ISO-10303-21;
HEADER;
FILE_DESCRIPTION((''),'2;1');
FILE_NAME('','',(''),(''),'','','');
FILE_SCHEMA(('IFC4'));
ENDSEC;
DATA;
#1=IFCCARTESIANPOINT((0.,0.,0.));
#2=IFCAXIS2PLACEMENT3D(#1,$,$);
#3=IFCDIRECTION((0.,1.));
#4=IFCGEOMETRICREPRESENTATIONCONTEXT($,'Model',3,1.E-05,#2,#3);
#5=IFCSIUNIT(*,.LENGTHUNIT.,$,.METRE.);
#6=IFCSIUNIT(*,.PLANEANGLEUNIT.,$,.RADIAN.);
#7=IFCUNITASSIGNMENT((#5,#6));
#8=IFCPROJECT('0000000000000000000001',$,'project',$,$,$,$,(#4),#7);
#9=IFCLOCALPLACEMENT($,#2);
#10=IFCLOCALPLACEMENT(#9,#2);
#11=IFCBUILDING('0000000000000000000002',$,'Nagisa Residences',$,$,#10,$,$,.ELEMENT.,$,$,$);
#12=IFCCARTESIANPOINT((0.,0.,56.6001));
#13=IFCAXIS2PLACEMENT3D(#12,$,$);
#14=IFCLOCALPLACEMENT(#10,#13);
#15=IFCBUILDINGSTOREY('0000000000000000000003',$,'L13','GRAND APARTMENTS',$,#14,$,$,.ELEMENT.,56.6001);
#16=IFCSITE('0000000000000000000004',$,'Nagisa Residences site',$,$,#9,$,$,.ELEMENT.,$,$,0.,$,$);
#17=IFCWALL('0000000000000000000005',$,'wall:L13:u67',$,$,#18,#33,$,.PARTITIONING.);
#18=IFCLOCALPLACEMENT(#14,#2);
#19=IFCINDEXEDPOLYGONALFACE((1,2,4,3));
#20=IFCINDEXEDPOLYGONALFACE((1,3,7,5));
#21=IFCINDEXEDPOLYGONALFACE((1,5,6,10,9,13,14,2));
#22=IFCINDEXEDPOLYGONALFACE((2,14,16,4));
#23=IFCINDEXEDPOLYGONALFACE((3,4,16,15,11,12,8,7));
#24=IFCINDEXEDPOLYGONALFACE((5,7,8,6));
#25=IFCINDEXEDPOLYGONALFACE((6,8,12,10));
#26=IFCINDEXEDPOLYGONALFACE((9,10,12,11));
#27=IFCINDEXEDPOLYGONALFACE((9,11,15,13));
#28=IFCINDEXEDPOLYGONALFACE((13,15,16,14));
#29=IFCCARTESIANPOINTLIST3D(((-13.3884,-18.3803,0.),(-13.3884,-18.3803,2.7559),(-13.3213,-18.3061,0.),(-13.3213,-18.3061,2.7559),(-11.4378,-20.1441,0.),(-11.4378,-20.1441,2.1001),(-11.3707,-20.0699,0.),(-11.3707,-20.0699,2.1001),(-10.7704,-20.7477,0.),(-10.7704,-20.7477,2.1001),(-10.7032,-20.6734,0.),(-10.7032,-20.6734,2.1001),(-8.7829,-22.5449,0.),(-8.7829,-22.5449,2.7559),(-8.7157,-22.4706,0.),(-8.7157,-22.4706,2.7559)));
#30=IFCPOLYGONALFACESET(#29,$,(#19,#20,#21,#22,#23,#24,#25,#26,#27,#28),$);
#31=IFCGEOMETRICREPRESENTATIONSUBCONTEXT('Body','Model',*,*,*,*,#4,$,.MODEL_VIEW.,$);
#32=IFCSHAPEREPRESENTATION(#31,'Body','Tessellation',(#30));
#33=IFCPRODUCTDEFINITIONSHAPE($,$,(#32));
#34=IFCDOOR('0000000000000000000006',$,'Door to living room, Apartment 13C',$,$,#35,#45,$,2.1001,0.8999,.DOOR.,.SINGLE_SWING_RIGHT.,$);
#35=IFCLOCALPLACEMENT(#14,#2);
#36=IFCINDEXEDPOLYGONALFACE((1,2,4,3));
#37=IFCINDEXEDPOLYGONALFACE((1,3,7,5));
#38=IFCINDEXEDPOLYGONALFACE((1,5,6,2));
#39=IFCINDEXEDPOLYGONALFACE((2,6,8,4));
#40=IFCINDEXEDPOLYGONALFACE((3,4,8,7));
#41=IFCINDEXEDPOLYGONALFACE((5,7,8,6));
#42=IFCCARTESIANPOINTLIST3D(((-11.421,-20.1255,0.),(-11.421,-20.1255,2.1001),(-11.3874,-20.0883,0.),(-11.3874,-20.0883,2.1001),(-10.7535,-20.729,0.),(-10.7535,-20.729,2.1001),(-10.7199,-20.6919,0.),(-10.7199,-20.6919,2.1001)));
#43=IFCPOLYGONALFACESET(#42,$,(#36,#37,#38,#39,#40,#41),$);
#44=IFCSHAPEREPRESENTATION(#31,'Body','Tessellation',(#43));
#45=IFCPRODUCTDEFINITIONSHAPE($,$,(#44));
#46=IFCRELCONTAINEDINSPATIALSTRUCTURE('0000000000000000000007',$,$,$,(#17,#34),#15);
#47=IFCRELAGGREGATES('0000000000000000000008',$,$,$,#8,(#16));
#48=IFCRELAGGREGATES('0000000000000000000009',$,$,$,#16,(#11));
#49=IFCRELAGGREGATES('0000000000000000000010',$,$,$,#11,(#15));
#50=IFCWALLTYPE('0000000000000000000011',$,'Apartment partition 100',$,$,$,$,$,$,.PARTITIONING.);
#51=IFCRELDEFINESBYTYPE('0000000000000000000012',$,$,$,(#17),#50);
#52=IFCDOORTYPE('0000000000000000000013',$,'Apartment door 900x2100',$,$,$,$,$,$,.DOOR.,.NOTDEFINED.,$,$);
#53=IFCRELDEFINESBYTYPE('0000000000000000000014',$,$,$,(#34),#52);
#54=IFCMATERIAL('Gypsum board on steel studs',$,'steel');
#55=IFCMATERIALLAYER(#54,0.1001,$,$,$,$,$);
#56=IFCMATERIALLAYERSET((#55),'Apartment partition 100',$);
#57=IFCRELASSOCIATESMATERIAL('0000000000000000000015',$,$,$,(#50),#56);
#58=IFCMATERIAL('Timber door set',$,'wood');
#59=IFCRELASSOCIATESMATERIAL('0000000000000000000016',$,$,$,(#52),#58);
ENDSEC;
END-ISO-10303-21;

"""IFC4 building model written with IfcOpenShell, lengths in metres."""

from ifc_helpers import new_model, si_unit, direction, frame, frame_2d, origin, place, context, subcontext, project, spatial, rectangle, extrude, material, layer, layer_set, type_object, element, fill, save


model = new_model("IFC4")

# Units and contexts
model_context = context("Model", 3, precision=1e-05, world=origin(), true_north=direction((0.0, 1.0)))
body_context = subcontext(model_context, "Body", "Model", "MODEL_VIEW")
ifc_project = project(units=[si_unit("LENGTHUNIT", "METRE"), si_unit("PLANEANGLEUNIT", "RADIAN")], contexts=[model_context])

# Site, building, storey
site_placement = place(None, origin())
site = spatial("IfcSite", under=ifc_project, at=site_placement, Name="Nagisa Residences site", CompositionType="ELEMENT", RefElevation=0.0)
building_placement = place(site_placement, origin())
building = spatial("IfcBuilding", under=site, at=building_placement, Name="Nagisa Residences", CompositionType="ELEMENT")
storey_placement = place(building_placement, frame((0.0, 0.0, 56.6001)))
storey = spatial("IfcBuildingStorey", under=building, at=storey_placement, Name="L13", Description="GRAND APARTMENTS", CompositionType="ELEMENT", Elevation=56.6001)

# Wall, opening, door
ifc_material_1 = material(Name="Gypsum board on steel studs", Category="steel")
ifc_layer_1 = layer(ifc_material_1, 0.1001)
ifc_layer_set_1 = layer_set([ifc_layer_1], Name="Apartment partition 100")
wall_type_1 = type_object("IfcWallType", Name="Apartment partition 100", PredefinedType="PARTITIONING", material=ifc_layer_set_1)
ifc_material_2 = material(Name="Timber door set", Category="wood")
door_type_1 = type_object("IfcDoorType", Name="Apartment door 900x2100", OperationType="NOTDEFINED", PredefinedType="DOOR", material=ifc_material_2)
wall_1_placement = place(storey_placement, frame((-13.3547, -18.3433, 0.0), z_axis=(0.0, 0.0, 1.0), x_axis=(0.74172, -0.670709, 0.0)))
wall_1 = element("IfcWall", 1, at=wall_1_placement, inside=storey, type_object=wall_type_1, Name="wall:L13:u67", PredefinedType="PARTITIONING", context=body_context, shape_type="SweptSolid", body=[
    extrude(rectangle(XDim=6.2092, YDim=0.1001, at=frame_2d((3.1045, 0.0))), origin(), (0.0, 0.0, 1.0), 2.7559),
])
opening_1_placement = place(wall_1_placement, frame((2.6296, 0.0, 0.0)))
opening_1 = element("IfcOpeningElement", 2, at=opening_1_placement, cuts=wall_1, PredefinedType="OPENING", context=body_context, shape_type="SweptSolid", body=[
    extrude(rectangle(XDim=0.8999, YDim=2.1001, at=frame_2d((0.45, 1.05))), frame((0.0, 0.0601, 0.0), z_axis=(0.0, -1.0, 0.0), x_axis=(1.0, 0.0, 0.0)), (0.0, 0.0, 1.0), 0.1201),
])
door_1_placement = place(opening_1_placement, frame((0.8999, 0.0, 0.0), x_axis=(-1.0, 0.0, 0.0)))
door_1 = element("IfcDoor", 3, at=door_1_placement, inside=storey, type_object=door_type_1, Name="Door to living room, Apartment 13C", OperationType="SINGLE_SWING_RIGHT", OverallHeight=2.1001, OverallWidth=0.8999, PredefinedType="DOOR", context=body_context, shape_type="SweptSolid", body=[
    extrude(rectangle(XDim=0.8999, YDim=2.1001, at=frame_2d((0.45, 1.05))), frame((0.0, 0.0249, 0.0), z_axis=(0.0, -1.0, 0.0), x_axis=(1.0, 0.0, 0.0)), (0.0, 0.0, 1.0), 0.05),
])
fill(opening_1, door_1)

save(model, "model.ifc")
